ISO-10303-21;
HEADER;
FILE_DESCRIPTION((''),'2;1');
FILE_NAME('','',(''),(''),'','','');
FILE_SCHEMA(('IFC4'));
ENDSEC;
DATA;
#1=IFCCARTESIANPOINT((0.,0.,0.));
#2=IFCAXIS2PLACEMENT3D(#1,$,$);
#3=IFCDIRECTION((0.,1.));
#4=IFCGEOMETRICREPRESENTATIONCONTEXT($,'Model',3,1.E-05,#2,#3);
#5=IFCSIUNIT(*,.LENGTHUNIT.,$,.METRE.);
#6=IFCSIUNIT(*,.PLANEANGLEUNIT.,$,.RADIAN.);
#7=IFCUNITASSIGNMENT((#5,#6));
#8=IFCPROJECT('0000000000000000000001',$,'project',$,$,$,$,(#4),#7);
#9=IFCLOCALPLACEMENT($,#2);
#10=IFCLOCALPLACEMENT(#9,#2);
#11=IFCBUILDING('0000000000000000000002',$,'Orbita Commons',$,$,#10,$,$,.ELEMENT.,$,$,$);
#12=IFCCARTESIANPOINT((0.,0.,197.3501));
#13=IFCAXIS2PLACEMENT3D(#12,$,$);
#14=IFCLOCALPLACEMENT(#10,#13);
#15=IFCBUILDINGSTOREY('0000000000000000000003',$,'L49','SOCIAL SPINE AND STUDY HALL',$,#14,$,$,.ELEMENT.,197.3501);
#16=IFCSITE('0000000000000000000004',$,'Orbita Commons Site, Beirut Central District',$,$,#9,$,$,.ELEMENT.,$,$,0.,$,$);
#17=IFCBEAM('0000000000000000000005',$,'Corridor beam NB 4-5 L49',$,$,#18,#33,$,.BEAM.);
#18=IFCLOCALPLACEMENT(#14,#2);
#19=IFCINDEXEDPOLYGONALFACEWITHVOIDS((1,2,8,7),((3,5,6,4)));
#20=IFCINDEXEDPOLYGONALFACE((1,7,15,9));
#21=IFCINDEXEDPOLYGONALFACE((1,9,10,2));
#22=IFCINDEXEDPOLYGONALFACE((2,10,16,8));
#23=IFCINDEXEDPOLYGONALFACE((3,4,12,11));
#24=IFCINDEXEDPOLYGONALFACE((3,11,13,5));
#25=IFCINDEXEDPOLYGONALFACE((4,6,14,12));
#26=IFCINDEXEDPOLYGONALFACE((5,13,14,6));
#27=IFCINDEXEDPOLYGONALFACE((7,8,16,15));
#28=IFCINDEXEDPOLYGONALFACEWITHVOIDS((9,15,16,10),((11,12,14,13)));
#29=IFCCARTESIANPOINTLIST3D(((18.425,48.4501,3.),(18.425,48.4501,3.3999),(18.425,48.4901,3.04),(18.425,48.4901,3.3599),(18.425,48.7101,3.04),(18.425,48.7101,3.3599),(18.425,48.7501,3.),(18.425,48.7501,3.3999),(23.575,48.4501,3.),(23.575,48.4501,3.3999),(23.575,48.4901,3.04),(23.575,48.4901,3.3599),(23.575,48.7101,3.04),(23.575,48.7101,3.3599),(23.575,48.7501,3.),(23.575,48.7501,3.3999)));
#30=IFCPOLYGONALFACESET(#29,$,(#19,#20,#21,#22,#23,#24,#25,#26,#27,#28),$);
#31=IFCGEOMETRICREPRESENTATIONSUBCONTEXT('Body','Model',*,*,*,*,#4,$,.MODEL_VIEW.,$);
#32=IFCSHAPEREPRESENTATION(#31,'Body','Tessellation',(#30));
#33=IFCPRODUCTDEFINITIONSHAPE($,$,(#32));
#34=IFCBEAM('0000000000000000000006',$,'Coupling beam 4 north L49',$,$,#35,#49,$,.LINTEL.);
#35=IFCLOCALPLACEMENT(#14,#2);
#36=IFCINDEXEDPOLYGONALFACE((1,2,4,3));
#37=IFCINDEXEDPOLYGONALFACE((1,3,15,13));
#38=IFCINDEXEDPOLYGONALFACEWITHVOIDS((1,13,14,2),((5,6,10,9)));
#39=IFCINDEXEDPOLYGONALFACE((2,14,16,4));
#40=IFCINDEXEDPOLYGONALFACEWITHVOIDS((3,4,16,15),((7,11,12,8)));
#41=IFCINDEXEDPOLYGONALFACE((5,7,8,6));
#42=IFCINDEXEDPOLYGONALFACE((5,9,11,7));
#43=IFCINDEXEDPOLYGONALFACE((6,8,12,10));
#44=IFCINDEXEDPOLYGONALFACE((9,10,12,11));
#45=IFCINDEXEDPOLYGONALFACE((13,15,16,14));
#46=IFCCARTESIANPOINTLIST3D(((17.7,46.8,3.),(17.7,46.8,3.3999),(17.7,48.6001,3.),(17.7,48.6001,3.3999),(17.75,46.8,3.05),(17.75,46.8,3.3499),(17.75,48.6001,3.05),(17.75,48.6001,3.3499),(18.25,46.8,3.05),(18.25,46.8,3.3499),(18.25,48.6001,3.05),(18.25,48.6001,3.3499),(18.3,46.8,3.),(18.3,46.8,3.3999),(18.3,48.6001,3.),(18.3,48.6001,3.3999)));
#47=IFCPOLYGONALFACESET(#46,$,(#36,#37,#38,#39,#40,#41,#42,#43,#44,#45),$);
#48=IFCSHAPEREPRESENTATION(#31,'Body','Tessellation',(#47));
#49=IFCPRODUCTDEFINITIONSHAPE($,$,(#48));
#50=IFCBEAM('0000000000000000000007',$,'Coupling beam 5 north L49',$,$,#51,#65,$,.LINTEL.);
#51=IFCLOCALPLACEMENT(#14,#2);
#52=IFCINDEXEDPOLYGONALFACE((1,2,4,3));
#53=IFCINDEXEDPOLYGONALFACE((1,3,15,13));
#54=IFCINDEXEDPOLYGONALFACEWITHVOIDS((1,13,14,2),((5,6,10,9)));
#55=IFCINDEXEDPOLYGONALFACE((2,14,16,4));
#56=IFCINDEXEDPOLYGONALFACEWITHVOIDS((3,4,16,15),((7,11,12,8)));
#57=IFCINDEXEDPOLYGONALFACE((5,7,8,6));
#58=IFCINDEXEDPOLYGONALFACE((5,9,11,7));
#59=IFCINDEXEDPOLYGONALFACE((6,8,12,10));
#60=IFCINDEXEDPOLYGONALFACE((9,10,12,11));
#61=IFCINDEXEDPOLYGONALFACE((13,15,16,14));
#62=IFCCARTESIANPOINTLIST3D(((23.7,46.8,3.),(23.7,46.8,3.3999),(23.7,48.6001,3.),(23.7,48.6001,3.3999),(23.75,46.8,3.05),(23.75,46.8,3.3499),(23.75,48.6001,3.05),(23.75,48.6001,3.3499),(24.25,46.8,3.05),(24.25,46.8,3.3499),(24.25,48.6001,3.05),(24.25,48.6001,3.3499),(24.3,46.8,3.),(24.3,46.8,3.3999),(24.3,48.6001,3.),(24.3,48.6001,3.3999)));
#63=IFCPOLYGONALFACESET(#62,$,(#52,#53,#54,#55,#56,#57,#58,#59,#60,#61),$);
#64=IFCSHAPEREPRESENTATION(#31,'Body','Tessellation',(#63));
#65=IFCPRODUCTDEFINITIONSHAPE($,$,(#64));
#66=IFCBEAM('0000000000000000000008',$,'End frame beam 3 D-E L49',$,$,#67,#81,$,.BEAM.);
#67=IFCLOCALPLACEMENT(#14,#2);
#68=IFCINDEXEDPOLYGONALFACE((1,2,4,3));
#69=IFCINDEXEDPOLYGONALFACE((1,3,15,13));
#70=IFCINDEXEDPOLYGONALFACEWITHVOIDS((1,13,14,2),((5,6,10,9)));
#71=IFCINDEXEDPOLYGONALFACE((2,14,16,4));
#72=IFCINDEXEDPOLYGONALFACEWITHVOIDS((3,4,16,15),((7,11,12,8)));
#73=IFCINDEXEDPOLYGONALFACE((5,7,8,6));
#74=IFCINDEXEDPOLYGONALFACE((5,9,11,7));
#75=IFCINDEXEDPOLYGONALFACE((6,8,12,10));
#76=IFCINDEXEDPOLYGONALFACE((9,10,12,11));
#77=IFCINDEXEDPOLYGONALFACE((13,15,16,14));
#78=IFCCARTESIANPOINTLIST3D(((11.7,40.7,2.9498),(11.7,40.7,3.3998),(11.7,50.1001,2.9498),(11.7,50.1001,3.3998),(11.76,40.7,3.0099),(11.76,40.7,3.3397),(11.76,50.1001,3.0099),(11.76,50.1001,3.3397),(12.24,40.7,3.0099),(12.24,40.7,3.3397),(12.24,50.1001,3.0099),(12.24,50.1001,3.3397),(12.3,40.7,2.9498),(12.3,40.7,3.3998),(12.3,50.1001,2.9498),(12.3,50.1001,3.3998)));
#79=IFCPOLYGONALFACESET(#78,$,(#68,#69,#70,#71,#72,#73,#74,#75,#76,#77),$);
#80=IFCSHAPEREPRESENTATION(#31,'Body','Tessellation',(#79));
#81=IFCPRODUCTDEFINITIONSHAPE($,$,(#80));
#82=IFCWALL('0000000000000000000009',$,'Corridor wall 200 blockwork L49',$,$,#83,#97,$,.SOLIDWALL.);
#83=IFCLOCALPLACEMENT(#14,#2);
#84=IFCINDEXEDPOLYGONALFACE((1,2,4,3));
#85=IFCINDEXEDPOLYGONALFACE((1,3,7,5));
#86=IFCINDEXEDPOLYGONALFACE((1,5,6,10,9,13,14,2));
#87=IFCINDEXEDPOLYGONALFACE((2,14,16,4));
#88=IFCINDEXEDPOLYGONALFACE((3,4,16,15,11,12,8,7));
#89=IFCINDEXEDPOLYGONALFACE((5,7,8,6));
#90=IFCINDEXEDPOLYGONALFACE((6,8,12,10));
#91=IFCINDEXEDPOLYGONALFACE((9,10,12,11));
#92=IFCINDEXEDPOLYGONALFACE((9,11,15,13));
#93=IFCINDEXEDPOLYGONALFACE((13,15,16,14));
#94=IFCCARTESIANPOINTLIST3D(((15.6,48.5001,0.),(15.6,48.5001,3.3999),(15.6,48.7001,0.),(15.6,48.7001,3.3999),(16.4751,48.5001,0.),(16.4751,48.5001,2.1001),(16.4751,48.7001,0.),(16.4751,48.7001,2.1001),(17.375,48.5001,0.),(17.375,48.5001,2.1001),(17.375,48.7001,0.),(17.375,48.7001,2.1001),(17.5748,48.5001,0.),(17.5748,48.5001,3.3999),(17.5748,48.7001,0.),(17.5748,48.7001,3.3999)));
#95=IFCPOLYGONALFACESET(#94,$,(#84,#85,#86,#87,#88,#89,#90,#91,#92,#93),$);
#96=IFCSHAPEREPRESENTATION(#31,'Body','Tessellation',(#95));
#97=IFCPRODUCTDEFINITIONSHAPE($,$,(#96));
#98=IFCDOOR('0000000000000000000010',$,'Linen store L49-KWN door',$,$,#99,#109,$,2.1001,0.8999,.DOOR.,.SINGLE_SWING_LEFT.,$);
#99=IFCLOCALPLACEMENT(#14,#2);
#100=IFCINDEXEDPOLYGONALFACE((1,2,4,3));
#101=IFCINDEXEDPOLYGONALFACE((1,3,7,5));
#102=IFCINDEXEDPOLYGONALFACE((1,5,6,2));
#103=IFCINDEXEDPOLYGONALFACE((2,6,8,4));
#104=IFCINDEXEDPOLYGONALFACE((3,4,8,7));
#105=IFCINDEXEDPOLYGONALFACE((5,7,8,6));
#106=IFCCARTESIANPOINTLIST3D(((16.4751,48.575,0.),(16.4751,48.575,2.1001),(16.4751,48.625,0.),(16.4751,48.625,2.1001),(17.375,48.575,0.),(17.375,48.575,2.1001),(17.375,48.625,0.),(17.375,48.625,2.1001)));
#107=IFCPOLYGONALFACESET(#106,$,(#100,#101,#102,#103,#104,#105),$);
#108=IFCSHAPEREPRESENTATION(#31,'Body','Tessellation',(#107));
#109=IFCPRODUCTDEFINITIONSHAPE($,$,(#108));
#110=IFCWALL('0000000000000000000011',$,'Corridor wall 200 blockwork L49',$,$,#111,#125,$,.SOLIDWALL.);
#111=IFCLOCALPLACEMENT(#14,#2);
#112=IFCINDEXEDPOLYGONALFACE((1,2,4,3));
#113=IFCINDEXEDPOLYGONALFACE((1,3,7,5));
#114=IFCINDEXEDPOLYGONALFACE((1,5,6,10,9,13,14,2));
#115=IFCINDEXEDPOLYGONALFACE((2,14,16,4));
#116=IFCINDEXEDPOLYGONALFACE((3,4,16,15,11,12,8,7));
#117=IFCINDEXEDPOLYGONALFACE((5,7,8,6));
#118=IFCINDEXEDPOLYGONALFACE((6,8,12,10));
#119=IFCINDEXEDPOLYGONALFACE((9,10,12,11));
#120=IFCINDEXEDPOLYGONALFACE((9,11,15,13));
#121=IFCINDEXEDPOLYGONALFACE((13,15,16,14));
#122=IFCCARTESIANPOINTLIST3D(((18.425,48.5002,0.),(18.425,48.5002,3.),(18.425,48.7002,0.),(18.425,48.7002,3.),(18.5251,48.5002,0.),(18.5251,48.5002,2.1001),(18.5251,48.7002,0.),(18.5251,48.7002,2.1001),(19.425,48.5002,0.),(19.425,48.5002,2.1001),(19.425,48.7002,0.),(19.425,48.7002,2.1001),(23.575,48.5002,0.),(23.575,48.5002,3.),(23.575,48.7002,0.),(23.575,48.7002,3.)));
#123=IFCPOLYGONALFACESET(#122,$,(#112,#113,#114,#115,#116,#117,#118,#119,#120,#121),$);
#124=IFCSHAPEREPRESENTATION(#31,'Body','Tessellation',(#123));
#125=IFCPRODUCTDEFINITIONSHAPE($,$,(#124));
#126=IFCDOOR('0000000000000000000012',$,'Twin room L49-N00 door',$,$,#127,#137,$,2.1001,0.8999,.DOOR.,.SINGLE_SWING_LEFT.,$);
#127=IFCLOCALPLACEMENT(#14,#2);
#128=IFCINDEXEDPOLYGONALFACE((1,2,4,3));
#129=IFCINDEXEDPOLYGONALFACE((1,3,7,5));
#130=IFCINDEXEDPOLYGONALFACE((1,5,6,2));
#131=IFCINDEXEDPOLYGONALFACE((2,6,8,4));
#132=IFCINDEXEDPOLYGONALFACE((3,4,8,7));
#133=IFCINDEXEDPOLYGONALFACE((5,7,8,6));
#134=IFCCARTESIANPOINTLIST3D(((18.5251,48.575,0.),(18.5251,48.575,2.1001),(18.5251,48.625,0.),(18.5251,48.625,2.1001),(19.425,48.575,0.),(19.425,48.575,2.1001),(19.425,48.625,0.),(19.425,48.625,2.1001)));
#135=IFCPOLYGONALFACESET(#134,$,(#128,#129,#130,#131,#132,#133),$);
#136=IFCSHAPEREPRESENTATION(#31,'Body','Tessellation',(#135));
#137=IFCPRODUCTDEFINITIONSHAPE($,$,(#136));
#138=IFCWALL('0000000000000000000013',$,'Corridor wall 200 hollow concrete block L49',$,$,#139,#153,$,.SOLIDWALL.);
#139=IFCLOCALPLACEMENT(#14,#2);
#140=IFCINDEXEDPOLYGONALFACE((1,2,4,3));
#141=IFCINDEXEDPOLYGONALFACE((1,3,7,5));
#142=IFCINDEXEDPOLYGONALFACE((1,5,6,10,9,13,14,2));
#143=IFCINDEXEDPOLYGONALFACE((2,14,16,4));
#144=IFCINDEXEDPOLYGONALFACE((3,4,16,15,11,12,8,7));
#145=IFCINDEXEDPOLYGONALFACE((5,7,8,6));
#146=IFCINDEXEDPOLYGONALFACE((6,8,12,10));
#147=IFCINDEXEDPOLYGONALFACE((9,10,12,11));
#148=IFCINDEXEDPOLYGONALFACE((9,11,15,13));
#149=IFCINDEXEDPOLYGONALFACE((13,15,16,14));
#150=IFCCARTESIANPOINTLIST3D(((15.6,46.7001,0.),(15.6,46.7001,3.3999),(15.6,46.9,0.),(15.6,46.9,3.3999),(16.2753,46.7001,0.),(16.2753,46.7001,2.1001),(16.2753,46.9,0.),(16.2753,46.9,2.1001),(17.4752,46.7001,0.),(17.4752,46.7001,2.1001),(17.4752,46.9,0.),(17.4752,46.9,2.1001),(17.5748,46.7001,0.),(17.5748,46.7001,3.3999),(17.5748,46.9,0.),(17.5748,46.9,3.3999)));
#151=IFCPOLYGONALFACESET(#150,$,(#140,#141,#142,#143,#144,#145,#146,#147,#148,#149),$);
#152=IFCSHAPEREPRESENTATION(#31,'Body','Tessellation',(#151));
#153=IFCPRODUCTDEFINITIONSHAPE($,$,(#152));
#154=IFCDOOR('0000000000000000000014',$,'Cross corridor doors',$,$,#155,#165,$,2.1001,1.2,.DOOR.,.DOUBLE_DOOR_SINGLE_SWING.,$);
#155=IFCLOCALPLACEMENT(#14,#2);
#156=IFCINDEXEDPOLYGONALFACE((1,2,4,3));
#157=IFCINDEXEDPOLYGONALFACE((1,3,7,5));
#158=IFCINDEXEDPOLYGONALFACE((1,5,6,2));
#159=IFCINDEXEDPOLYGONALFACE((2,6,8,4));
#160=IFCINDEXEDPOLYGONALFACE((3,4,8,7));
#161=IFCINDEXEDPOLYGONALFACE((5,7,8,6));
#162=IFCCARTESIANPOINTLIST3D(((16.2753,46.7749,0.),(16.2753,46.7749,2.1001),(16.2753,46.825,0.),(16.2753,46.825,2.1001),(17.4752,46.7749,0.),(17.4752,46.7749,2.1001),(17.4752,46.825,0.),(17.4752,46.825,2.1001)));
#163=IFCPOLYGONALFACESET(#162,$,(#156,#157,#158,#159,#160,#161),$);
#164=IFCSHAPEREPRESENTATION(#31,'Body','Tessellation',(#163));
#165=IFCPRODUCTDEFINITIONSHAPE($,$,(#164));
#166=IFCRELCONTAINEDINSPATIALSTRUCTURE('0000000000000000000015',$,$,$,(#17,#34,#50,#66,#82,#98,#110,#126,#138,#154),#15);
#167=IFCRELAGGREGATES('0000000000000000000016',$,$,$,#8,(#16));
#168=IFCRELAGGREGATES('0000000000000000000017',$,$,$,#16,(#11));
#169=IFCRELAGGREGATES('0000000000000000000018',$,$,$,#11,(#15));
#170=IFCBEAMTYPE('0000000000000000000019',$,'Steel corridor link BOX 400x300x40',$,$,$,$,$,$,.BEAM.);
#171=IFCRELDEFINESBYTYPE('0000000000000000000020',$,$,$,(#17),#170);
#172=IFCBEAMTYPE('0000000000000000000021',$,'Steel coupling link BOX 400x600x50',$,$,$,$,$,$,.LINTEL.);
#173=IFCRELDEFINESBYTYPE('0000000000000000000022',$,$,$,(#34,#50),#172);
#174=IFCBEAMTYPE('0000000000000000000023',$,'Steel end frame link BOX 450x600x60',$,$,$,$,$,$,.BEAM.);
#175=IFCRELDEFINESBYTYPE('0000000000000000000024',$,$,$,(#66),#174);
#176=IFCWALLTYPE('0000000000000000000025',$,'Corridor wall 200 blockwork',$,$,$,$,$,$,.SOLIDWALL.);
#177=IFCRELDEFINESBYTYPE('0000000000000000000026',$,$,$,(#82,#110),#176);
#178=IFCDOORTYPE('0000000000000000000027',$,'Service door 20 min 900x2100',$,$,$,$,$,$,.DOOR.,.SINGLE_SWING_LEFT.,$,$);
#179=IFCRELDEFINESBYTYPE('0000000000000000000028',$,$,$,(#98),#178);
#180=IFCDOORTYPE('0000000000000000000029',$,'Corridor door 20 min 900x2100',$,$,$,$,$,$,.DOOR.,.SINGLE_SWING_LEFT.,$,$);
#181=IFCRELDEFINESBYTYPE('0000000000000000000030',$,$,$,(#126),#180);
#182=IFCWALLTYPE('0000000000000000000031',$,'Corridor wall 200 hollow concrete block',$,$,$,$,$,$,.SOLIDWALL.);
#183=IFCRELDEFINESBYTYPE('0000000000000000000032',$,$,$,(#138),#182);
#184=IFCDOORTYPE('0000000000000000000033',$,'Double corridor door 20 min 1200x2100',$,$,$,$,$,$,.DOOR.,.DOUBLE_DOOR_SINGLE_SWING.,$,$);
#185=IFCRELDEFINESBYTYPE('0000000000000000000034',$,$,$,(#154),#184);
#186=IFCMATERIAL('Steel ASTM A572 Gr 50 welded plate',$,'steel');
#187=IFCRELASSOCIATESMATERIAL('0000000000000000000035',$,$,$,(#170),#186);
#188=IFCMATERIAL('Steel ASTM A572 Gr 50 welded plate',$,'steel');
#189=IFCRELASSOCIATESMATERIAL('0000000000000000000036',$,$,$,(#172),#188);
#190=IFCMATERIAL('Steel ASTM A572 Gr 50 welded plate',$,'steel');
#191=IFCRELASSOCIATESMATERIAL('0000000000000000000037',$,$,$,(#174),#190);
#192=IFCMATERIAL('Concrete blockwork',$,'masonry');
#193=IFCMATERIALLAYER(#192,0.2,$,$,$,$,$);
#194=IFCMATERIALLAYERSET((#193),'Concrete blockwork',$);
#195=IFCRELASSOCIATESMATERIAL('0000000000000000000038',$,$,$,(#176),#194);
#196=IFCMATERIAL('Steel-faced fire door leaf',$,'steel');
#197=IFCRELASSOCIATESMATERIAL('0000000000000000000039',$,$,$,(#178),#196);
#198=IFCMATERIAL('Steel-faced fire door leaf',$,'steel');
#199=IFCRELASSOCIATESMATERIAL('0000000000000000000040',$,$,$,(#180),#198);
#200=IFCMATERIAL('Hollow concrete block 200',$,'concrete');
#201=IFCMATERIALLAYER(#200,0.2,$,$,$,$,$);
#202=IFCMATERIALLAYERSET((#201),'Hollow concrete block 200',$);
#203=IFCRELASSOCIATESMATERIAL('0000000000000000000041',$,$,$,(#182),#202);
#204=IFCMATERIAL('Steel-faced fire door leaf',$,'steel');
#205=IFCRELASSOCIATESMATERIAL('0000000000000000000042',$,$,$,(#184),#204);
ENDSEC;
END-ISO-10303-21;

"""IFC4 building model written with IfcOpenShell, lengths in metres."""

from ifc_helpers import new_model, si_unit, direction, frame, frame_2d, origin, origin_2d, place, context, subcontext, project, spatial, polyline, rectangle, hollow_rectangle, outline, extrude, material, layer, layer_set, material_profile, profile_set, type_object, element, fill, save


model = new_model("IFC4")

# Units and contexts
model_context = context("Model", 3, precision=1e-05, world=origin(), true_north=direction((0.0, 1.0)))
body_context = subcontext(model_context, "Body", "Model", "MODEL_VIEW")
ifc_project = project(units=[si_unit("LENGTHUNIT", "METRE"), si_unit("PLANEANGLEUNIT", "RADIAN")], contexts=[model_context])

# Site, building, storey
site_placement = place(None, origin())
site = spatial("IfcSite", under=ifc_project, at=site_placement, Name="Orbita Commons Site, Beirut Central District", CompositionType="ELEMENT", RefElevation=0.0)
building_placement = place(site_placement, origin())
building = spatial("IfcBuilding", under=site, at=building_placement, Name="Orbita Commons", CompositionType="ELEMENT")
storey_placement = place(building_placement, frame((0.0, 0.0, 197.3501)))
storey = spatial("IfcBuildingStorey", under=building, at=storey_placement, Name="L49", Description="SOCIAL SPINE AND STUDY HALL", CompositionType="ELEMENT", Elevation=197.3501)

# Beams
ifc_material_1 = material(Name="Steel ASTM A572 Gr 50 welded plate", Category="steel")
ifc_material_profile_1 = material_profile(ifc_material_1, hollow_rectangle(XDim=0.3, YDim=0.3999, WallThickness=0.04, at=origin_2d()), Name="BOX 400x300x40")
ifc_profile_set_1 = profile_set([ifc_material_profile_1], Name="Steel ASTM A572 Gr 50 welded plate")
beam_type_1 = type_object("IfcBeamType", Name="Steel corridor link BOX 400x300x40", PredefinedType="BEAM", material=ifc_profile_set_1)
beam_1_placement = place(storey_placement, frame((18.425, 48.6001, 3.2), z_axis=(1.0, 0.0, 0.0), x_axis=(0.0, 1.0, 0.0)))
element("IfcBeam", 1, at=beam_1_placement, inside=storey, type_object=beam_type_1, Name="Corridor beam NB 4-5 L49", PredefinedType="BEAM", context=body_context, shape_type="SweptSolid", body=[
    extrude(hollow_rectangle(XDim=0.3, YDim=0.3999, WallThickness=0.04, at=origin_2d()), origin(), (0.0, 0.0, 1.0), 5.1499),
])
ifc_material_2 = material(Name="Steel ASTM A572 Gr 50 welded plate", Category="steel")
ifc_material_profile_2 = material_profile(ifc_material_2, hollow_rectangle(XDim=0.6001, YDim=0.3999, WallThickness=0.05, at=origin_2d()), Name="BOX 400x600x50")
ifc_profile_set_2 = profile_set([ifc_material_profile_2], Name="Steel ASTM A572 Gr 50 welded plate")
beam_type_2 = type_object("IfcBeamType", Name="Steel coupling link BOX 400x600x50", PredefinedType="LINTEL", material=ifc_profile_set_2)
for number, where, z_axis, x_axis, name in (
    (2, (18.0, 46.8, 3.2), (0.0, 1.0, 0.0), (-1.0, 0.0, 0.0), "Coupling beam 4 north L49"),
    (3, (24.0, 46.8, 3.2), (0.0, 1.0, 0.0), (-1.0, 0.0, 0.0), "Coupling beam 5 north L49"),
):
    element("IfcBeam", number, at=place(storey_placement, frame(where, z_axis=z_axis, x_axis=x_axis)), inside=storey, type_object=beam_type_2, Name=name, PredefinedType="LINTEL", context=body_context, shape_type="SweptSolid", body=[
        extrude(hollow_rectangle(XDim=0.6001, YDim=0.3999, WallThickness=0.05, at=origin_2d()), origin(), (0.0, 0.0, 1.0), 1.8),
    ])
ifc_material_3 = material(Name="Steel ASTM A572 Gr 50 welded plate", Category="steel")
ifc_material_profile_3 = material_profile(ifc_material_3, hollow_rectangle(XDim=0.6001, YDim=0.45, WallThickness=0.0601, at=origin_2d()), Name="BOX 450x600x60")
ifc_profile_set_3 = profile_set([ifc_material_profile_3], Name="Steel ASTM A572 Gr 50 welded plate")
beam_type_3 = type_object("IfcBeamType", Name="Steel end frame link BOX 450x600x60", PredefinedType="BEAM", material=ifc_profile_set_3)
beam_2_placement = place(storey_placement, frame((12.0, 40.7, 3.1748), z_axis=(0.0, 1.0, 0.0), x_axis=(-1.0, 0.0, 0.0)))
element("IfcBeam", 4, at=beam_2_placement, inside=storey, type_object=beam_type_3, Name="End frame beam 3 D-E L49", PredefinedType="BEAM", context=body_context, shape_type="SweptSolid", body=[
    extrude(hollow_rectangle(XDim=0.6001, YDim=0.45, WallThickness=0.0601, at=origin_2d()), origin(), (0.0, 0.0, 1.0), 9.4001),
])

# Walls, openings, doors
ifc_material_4 = material(Name="Concrete blockwork", Category="masonry")
ifc_layer_1 = layer(ifc_material_4, 0.2)
ifc_layer_set_1 = layer_set([ifc_layer_1], Name="Concrete blockwork")
wall_type_1 = type_object("IfcWallType", Name="Corridor wall 200 blockwork", PredefinedType="SOLIDWALL", material=ifc_layer_set_1)
wall_1_placement = place(storey_placement, frame((15.6001, 48.6001, 0.0), z_axis=(0.0, 0.0, 1.0), x_axis=(1.0, 0.0, 0.0)))
wall_1 = element("IfcWall", 5, at=wall_1_placement, inside=storey, type_object=wall_type_1, Name="Corridor wall 200 blockwork L49", PredefinedType="SOLIDWALL", context=body_context, shape_type="SweptSolid", body=[
    extrude(rectangle(XDim=1.9749, YDim=0.2, at=frame_2d((0.9873, 0.0))), origin(), (0.0, 0.0, 1.0), 3.3999),
])
opening_1_placement = place(wall_1_placement, frame((0.875, 0.0, 0.0)))
opening_1 = element("IfcOpeningElement", 6, at=opening_1_placement, cuts=wall_1, PredefinedType="OPENING", context=body_context, shape_type="SweptSolid", body=[
    extrude(rectangle(XDim=0.8999, YDim=2.1001, at=frame_2d((0.45, 1.05))), frame((0.0, 0.1099, 0.0), z_axis=(0.0, -1.0, 0.0), x_axis=(1.0, 0.0, 0.0)), (0.0, 0.0, 1.0), 0.22),
])
ifc_material_5 = material(Name="Steel-faced fire door leaf", Category="steel")
door_type_1 = type_object("IfcDoorType", Name="Service door 20 min 900x2100", OperationType="SINGLE_SWING_LEFT", PredefinedType="DOOR", material=ifc_material_5)
door_1_placement = place(opening_1_placement, origin())
door_1 = element("IfcDoor", 7, at=door_1_placement, inside=storey, type_object=door_type_1, Name="Linen store L49-KWN door", OperationType="SINGLE_SWING_LEFT", OverallHeight=2.1001, OverallWidth=0.8999, PredefinedType="DOOR", context=body_context, shape_type="SweptSolid", body=[
    extrude(rectangle(XDim=0.8999, YDim=2.1001, at=frame_2d((0.45, 1.05))), frame((0.0, 0.0249, 0.0), z_axis=(0.0, -1.0, 0.0), x_axis=(1.0, 0.0, 0.0)), (0.0, 0.0, 1.0), 0.05),
])
fill(opening_1, door_1)
wall_2_placement = place(storey_placement, frame((18.425, 48.6001, 0.0), z_axis=(0.0, 0.0, 1.0), x_axis=(1.0, 0.0, 0.0)))
wall_2 = element("IfcWall", 8, at=wall_2_placement, inside=storey, type_object=wall_type_1, Name="Corridor wall 200 blockwork L49", PredefinedType="SOLIDWALL", context=body_context, shape_type="SweptSolid", body=[
    extrude(outline(polyline([(0.0, 0.0), (5.1499, 0.0), (5.1499, 3.0), (0.0, 3.0), (0.0, 0.0)])), frame((0.0, 0.1001, 0.0), z_axis=(0.0, -1.0, 0.0), x_axis=(1.0, 0.0, 0.0)), (0.0, 0.0, 1.0), 0.2),
])
opening_2_placement = place(wall_2_placement, frame((0.1001, 0.0, 0.0)))
opening_2 = element("IfcOpeningElement", 9, at=opening_2_placement, cuts=wall_2, PredefinedType="OPENING", context=body_context, shape_type="SweptSolid", body=[
    extrude(rectangle(XDim=0.8999, YDim=2.1001, at=frame_2d((0.45, 1.05))), frame((0.0, 0.1099, 0.0), z_axis=(0.0, -1.0, 0.0), x_axis=(1.0, 0.0, 0.0)), (0.0, 0.0, 1.0), 0.22),
])
ifc_material_6 = material(Name="Steel-faced fire door leaf", Category="steel")
door_type_2 = type_object("IfcDoorType", Name="Corridor door 20 min 900x2100", OperationType="SINGLE_SWING_LEFT", PredefinedType="DOOR", material=ifc_material_6)
door_2_placement = place(opening_2_placement, origin())
door_2 = element("IfcDoor", 10, at=door_2_placement, inside=storey, type_object=door_type_2, Name="Twin room L49-N00 door", OperationType="SINGLE_SWING_LEFT", OverallHeight=2.1001, OverallWidth=0.8999, PredefinedType="DOOR", context=body_context, shape_type="SweptSolid", body=[
    extrude(rectangle(XDim=0.8999, YDim=2.1001, at=frame_2d((0.45, 1.05))), frame((0.0, 0.0249, 0.0), z_axis=(0.0, -1.0, 0.0), x_axis=(1.0, 0.0, 0.0)), (0.0, 0.0, 1.0), 0.05),
])
fill(opening_2, door_2)
ifc_material_7 = material(Name="Hollow concrete block 200", Category="concrete")
ifc_layer_2 = layer(ifc_material_7, 0.2)
ifc_layer_set_2 = layer_set([ifc_layer_2], Name="Hollow concrete block 200")
wall_type_2 = type_object("IfcWallType", Name="Corridor wall 200 hollow concrete block", PredefinedType="SOLIDWALL", material=ifc_layer_set_2)
wall_3_placement = place(storey_placement, frame((15.6001, 46.8, 0.0), z_axis=(0.0, 0.0, 1.0), x_axis=(1.0, 0.0, 0.0)))
wall_3 = element("IfcWall", 11, at=wall_3_placement, inside=storey, type_object=wall_type_2, Name="Corridor wall 200 hollow concrete block L49", PredefinedType="SOLIDWALL", context=body_context, shape_type="SweptSolid", body=[
    extrude(rectangle(XDim=1.9749, YDim=0.2, at=frame_2d((0.9873, 0.0))), origin(), (0.0, 0.0, 1.0), 3.3999),
])
opening_3_placement = place(wall_3_placement, frame((0.675, 0.0, 0.0)))
opening_3 = element("IfcOpeningElement", 12, at=opening_3_placement, cuts=wall_3, PredefinedType="OPENING", context=body_context, shape_type="SweptSolid", body=[
    extrude(rectangle(XDim=1.2, YDim=2.1001, at=frame_2d((0.6001, 1.05))), frame((0.0, 0.1099, 0.0), z_axis=(0.0, -1.0, 0.0), x_axis=(1.0, 0.0, 0.0)), (0.0, 0.0, 1.0), 0.22),
])
ifc_material_8 = material(Name="Steel-faced fire door leaf", Category="steel")
door_type_3 = type_object("IfcDoorType", Name="Double corridor door 20 min 1200x2100", OperationType="DOUBLE_DOOR_SINGLE_SWING", PredefinedType="DOOR", material=ifc_material_8)
door_3_placement = place(opening_3_placement, origin())
door_3 = element("IfcDoor", 13, at=door_3_placement, inside=storey, type_object=door_type_3, Name="Cross corridor doors", OperationType="DOUBLE_DOOR_SINGLE_SWING", OverallHeight=2.1001, OverallWidth=1.2, PredefinedType="DOOR", context=body_context, shape_type="SweptSolid", body=[
    extrude(rectangle(XDim=1.2, YDim=2.1001, at=frame_2d((0.6001, 1.05))), frame((0.0, 0.0249, 0.0), z_axis=(0.0, -1.0, 0.0), x_axis=(1.0, 0.0, 0.0)), (0.0, 0.0, 1.0), 0.05),
])
fill(opening_3, door_3)

save(model, "model.ifc")
